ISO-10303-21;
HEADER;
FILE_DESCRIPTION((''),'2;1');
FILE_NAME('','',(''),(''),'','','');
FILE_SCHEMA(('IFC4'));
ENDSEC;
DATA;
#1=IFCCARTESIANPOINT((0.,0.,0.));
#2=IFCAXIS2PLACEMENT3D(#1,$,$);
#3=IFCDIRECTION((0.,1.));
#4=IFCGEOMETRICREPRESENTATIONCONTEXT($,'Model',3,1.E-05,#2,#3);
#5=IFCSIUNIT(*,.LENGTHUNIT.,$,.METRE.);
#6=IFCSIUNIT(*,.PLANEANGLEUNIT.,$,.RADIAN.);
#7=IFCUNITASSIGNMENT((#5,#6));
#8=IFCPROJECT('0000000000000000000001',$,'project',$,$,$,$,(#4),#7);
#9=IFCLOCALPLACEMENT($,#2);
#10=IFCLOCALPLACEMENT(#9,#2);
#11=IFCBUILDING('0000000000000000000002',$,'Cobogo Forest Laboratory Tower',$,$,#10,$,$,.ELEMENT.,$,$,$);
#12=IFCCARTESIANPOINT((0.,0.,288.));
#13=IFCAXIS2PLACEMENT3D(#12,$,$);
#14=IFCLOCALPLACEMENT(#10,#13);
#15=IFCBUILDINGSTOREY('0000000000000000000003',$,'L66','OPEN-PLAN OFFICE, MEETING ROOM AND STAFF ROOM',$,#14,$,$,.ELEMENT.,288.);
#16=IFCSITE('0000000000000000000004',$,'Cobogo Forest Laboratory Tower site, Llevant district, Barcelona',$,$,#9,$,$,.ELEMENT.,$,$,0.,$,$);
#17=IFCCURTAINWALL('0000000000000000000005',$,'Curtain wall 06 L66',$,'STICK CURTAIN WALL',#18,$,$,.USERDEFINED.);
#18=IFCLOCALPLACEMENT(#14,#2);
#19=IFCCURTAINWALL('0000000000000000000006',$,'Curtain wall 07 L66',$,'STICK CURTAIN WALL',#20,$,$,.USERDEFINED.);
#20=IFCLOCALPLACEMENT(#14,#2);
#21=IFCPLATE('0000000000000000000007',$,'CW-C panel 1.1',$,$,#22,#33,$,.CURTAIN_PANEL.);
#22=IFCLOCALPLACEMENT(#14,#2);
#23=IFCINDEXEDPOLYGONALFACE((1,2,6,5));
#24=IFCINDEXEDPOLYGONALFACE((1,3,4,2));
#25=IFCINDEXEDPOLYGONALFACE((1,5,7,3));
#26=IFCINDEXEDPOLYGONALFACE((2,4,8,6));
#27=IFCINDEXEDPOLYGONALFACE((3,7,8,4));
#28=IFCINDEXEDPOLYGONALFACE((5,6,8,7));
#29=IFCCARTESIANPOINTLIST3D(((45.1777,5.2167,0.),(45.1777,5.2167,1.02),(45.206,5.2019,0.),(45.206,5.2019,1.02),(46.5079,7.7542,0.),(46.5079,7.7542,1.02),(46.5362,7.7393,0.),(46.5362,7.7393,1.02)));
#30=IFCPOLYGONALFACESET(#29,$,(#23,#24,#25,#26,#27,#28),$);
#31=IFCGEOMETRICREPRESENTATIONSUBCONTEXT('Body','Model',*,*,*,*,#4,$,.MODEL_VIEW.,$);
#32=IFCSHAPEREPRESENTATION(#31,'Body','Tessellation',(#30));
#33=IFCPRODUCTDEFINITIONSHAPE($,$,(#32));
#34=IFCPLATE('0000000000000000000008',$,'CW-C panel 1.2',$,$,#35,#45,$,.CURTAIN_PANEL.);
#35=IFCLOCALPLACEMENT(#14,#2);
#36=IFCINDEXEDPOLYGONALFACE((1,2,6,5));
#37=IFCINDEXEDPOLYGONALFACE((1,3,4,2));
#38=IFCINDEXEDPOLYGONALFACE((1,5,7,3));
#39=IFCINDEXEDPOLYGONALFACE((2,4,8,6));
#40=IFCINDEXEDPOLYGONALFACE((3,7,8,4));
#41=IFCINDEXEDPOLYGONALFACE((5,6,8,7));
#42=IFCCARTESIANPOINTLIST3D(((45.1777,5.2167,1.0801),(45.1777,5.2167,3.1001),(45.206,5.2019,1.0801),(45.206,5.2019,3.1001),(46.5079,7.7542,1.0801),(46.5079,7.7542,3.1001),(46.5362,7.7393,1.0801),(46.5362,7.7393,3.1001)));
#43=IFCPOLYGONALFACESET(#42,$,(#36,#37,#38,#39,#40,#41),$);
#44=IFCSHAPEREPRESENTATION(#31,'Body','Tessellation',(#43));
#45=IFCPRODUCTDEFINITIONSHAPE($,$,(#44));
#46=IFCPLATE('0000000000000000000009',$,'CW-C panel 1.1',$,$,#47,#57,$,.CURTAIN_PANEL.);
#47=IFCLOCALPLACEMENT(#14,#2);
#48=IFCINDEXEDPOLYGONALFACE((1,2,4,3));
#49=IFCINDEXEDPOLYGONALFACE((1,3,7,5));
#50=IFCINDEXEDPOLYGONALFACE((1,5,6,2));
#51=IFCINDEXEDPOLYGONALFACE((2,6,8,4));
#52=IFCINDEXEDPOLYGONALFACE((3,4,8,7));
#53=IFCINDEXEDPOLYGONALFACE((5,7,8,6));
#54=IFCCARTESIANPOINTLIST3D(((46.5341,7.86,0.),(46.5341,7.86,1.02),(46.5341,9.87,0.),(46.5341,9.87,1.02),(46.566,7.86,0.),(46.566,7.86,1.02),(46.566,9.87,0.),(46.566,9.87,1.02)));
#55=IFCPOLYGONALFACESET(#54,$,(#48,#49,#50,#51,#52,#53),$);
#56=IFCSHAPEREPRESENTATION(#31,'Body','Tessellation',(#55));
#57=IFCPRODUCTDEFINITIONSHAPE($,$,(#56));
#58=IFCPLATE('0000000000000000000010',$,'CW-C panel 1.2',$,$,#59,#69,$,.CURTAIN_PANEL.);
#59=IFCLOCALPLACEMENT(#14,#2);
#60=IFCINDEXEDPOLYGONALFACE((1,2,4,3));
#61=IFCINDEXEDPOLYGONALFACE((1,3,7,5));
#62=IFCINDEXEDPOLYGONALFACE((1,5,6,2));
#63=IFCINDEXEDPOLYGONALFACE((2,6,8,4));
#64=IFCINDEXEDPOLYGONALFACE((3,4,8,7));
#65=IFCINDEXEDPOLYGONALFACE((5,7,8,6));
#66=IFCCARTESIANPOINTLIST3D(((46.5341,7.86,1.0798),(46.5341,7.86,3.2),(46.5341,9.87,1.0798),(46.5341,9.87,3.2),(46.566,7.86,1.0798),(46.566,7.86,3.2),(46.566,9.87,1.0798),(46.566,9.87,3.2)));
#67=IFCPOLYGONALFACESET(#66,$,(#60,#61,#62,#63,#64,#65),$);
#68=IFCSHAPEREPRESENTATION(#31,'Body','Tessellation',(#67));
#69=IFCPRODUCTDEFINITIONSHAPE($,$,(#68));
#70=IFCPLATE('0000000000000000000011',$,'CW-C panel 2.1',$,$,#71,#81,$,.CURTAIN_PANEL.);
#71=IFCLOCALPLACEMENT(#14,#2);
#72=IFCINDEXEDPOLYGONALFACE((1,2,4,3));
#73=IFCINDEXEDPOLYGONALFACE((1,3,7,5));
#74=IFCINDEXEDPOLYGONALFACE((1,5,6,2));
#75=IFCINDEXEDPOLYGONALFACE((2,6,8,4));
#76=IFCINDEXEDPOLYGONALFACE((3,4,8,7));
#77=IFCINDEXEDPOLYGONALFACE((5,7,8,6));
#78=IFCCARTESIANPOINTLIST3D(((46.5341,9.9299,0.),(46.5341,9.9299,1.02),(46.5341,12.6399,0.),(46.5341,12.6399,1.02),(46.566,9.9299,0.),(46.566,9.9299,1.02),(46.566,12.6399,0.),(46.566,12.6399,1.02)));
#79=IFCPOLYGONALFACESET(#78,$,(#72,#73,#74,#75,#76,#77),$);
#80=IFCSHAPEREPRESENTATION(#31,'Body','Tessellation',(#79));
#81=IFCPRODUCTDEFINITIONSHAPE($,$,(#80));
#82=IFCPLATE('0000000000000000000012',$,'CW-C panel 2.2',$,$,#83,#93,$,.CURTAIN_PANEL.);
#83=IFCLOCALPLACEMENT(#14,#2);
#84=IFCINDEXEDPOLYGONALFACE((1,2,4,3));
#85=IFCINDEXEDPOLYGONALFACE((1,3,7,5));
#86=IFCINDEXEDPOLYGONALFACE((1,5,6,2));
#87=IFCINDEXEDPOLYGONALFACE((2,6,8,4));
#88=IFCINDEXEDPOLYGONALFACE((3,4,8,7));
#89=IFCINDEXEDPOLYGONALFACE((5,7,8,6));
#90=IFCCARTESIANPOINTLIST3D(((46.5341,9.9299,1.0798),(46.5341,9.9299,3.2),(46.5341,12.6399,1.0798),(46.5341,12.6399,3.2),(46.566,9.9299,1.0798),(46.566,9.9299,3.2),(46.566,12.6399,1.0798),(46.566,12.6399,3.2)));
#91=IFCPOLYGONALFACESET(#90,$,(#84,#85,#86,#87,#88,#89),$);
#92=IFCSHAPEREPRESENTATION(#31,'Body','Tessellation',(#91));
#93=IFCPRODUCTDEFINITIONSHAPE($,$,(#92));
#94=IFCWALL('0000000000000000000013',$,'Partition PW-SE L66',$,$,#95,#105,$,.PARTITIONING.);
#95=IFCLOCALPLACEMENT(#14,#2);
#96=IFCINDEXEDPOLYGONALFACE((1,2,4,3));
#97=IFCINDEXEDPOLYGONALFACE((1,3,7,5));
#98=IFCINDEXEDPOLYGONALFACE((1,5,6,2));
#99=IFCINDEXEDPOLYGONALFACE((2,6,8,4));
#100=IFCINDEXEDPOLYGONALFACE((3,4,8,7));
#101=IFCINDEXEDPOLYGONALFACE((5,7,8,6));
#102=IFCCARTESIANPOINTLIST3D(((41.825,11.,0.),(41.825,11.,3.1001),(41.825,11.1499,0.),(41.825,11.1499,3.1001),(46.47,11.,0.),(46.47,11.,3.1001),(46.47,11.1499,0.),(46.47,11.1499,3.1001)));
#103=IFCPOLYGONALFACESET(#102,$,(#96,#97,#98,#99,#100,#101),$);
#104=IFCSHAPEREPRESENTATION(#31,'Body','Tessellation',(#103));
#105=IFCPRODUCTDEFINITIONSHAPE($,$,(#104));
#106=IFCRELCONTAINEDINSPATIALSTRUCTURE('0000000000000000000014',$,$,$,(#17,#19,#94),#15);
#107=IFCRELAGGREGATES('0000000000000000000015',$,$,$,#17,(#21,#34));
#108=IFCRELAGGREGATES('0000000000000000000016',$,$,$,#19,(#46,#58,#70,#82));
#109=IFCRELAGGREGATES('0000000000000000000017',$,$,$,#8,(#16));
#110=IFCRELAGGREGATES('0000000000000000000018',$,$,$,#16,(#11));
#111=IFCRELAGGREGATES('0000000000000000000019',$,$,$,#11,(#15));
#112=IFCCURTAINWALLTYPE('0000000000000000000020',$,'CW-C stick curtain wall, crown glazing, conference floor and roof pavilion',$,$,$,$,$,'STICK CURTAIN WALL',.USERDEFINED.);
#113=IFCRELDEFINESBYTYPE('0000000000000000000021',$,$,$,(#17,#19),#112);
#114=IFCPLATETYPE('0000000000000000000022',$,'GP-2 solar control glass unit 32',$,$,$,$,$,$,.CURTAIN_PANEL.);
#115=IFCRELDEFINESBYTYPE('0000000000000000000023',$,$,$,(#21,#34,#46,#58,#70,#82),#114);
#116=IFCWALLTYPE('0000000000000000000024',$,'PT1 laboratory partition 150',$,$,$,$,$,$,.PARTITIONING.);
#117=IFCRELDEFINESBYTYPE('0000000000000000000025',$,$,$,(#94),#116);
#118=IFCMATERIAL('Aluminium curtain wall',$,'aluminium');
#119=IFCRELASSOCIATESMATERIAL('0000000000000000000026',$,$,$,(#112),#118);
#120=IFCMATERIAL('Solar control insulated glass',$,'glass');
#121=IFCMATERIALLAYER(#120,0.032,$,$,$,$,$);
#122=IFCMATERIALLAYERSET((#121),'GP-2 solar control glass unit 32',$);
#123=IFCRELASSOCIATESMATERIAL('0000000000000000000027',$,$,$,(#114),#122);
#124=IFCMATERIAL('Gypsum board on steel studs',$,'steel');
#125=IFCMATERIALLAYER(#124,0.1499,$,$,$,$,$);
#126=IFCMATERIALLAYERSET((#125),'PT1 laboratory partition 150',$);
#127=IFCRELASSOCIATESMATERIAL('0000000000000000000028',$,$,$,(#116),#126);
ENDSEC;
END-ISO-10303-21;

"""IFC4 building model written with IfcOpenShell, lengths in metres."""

from ifc_helpers import new_model, si_unit, direction, frame, frame_2d, origin, origin_2d, place, context, subcontext, project, spatial, rectangle, extrude, material, layer, layer_set, type_object, element, aggregate, save


model = new_model("IFC4")

# Units and contexts
model_context = context("Model", 3, precision=1e-05, world=origin(), true_north=direction((0.0, 1.0)))
body_context = subcontext(model_context, "Body", "Model", "MODEL_VIEW")
ifc_project = project(units=[si_unit("LENGTHUNIT", "METRE"), si_unit("PLANEANGLEUNIT", "RADIAN")], contexts=[model_context])

# Site, building, storey
site_placement = place(None, origin())
site = spatial("IfcSite", under=ifc_project, at=site_placement, Name="Cobogo Forest Laboratory Tower site, Llevant district, Barcelona", CompositionType="ELEMENT", RefElevation=0.0)
building_placement = place(site_placement, origin())
building = spatial("IfcBuilding", under=site, at=building_placement, Name="Cobogo Forest Laboratory Tower", CompositionType="ELEMENT")
storey_placement = place(building_placement, frame((0.0, 0.0, 288.0)))
storey = spatial("IfcBuildingStorey", under=building, at=storey_placement, Name="L66", Description="OPEN-PLAN OFFICE, MEETING ROOM AND STAFF ROOM", CompositionType="ELEMENT", Elevation=288.0)

# Shared definitions
ifc_material_1 = material(Name="Aluminium curtain wall", Category="aluminium")
curtain_wall_type = type_object("IfcCurtainWallType", Name="CW-C stick curtain wall, crown glazing, conference floor and roof pavilion", ElementType="STICK CURTAIN WALL", PredefinedType="USERDEFINED", material=ifc_material_1)

# Curtain walls
curtain_wall_1_placement = place(storey_placement, origin())
curtain_wall_1 = element("IfcCurtainWall", 1, at=curtain_wall_1_placement, inside=storey, type_object=curtain_wall_type, Name="Curtain wall 06 L66", ObjectType="STICK CURTAIN WALL", PredefinedType="USERDEFINED")
curtain_wall_2_placement = place(storey_placement, origin())
curtain_wall_2 = element("IfcCurtainWall", 2, at=curtain_wall_2_placement, inside=storey, type_object=curtain_wall_type, Name="Curtain wall 07 L66", ObjectType="STICK CURTAIN WALL", PredefinedType="USERDEFINED")

# Plates
ifc_material_2 = material(Name="Solar control insulated glass", Category="glass")
ifc_layer_1 = layer(ifc_material_2, 0.032)
ifc_layer_set_1 = layer_set([ifc_layer_1], Name="GP-2 solar control glass unit 32")
plate_type = type_object("IfcPlateType", Name="GP-2 solar control glass unit 32", PredefinedType="CURTAIN_PANEL", material=ifc_layer_set_1)
plate_1_placement = place(storey_placement, frame((45.8569, 6.478, 0.0), z_axis=(0.0, 0.0, 1.0), x_axis=(0.464284, 0.885686, 0.0)))
plate_1 = element("IfcPlate", 3, at=plate_1_placement, type_object=plate_type, Name="CW-C panel 1.1", PredefinedType="CURTAIN_PANEL", context=body_context, shape_type="SweptSolid", body=[
    extrude(rectangle(XDim=2.865, YDim=0.032, at=origin_2d()), origin(), (0.0, 0.0, 1.0), 1.02),
])
plate_2_placement = place(storey_placement, frame((45.8569, 6.478, 1.0801), z_axis=(0.0, 0.0, 1.0), x_axis=(0.464284, 0.885686, 0.0)))
plate_2 = element("IfcPlate", 4, at=plate_2_placement, type_object=plate_type, Name="CW-C panel 1.2", PredefinedType="CURTAIN_PANEL", context=body_context, shape_type="SweptSolid", body=[
    extrude(rectangle(XDim=2.865, YDim=0.032, at=origin_2d()), origin(), (0.0, 0.0, 1.0), 2.02),
])
aggregate(curtain_wall_1, [plate_1, plate_2])
plate_3_placement = place(storey_placement, frame((46.55, 8.865, 0.0), z_axis=(0.0, 0.0, 1.0), x_axis=(0.0, 1.0, 0.0)))
plate_3 = element("IfcPlate", 5, at=plate_3_placement, type_object=plate_type, Name="CW-C panel 1.1", PredefinedType="CURTAIN_PANEL", context=body_context, shape_type="SweptSolid", body=[
    extrude(rectangle(XDim=2.01, YDim=0.032, at=origin_2d()), origin(), (0.0, 0.0, 1.0), 1.02),
])
plate_4_placement = place(storey_placement, frame((46.55, 8.865, 1.0798), z_axis=(0.0, 0.0, 1.0), x_axis=(0.0, 1.0, 0.0)))
plate_4 = element("IfcPlate", 6, at=plate_4_placement, type_object=plate_type, Name="CW-C panel 1.2", PredefinedType="CURTAIN_PANEL", context=body_context, shape_type="SweptSolid", body=[
    extrude(rectangle(XDim=2.01, YDim=0.032, at=origin_2d()), origin(), (0.0, 0.0, 1.0), 2.1201),
])
plate_5_placement = place(storey_placement, frame((46.55, 11.2849, 0.0), z_axis=(0.0, 0.0, 1.0), x_axis=(0.0, 1.0, 0.0)))
plate_5 = element("IfcPlate", 7, at=plate_5_placement, type_object=plate_type, Name="CW-C panel 2.1", PredefinedType="CURTAIN_PANEL", context=body_context, shape_type="SweptSolid", body=[
    extrude(rectangle(XDim=2.71, YDim=0.032, at=origin_2d()), origin(), (0.0, 0.0, 1.0), 1.02),
])
plate_6_placement = place(storey_placement, frame((46.55, 11.2849, 1.0798), z_axis=(0.0, 0.0, 1.0), x_axis=(0.0, 1.0, 0.0)))
plate_6 = element("IfcPlate", 8, at=plate_6_placement, type_object=plate_type, Name="CW-C panel 2.2", PredefinedType="CURTAIN_PANEL", context=body_context, shape_type="SweptSolid", body=[
    extrude(rectangle(XDim=2.71, YDim=0.032, at=origin_2d()), origin(), (0.0, 0.0, 1.0), 2.1201),
])
aggregate(curtain_wall_2, [plate_3, plate_4, plate_5, plate_6])

# Wall
ifc_material_3 = material(Name="Gypsum board on steel studs", Category="steel")
ifc_layer_2 = layer(ifc_material_3, 0.1499)
ifc_layer_set_2 = layer_set([ifc_layer_2], Name="PT1 laboratory partition 150")
wall_type_1 = type_object("IfcWallType", Name="PT1 laboratory partition 150", PredefinedType="PARTITIONING", material=ifc_layer_set_2)
wall_1_placement = place(storey_placement, frame((46.47, 11.075, 0.0), z_axis=(0.0, 0.0, 1.0), x_axis=(-1.0, 0.0, 0.0)))
element("IfcWall", 9, at=wall_1_placement, inside=storey, type_object=wall_type_1, Name="Partition PW-SE L66", PredefinedType="PARTITIONING", context=body_context, shape_type="SweptSolid", body=[
    extrude(rectangle(XDim=4.645, YDim=0.1499, at=frame_2d((2.3225, 0.0))), origin(), (0.0, 0.0, 1.0), 3.1001),
])

save(model, "model.ifc")
